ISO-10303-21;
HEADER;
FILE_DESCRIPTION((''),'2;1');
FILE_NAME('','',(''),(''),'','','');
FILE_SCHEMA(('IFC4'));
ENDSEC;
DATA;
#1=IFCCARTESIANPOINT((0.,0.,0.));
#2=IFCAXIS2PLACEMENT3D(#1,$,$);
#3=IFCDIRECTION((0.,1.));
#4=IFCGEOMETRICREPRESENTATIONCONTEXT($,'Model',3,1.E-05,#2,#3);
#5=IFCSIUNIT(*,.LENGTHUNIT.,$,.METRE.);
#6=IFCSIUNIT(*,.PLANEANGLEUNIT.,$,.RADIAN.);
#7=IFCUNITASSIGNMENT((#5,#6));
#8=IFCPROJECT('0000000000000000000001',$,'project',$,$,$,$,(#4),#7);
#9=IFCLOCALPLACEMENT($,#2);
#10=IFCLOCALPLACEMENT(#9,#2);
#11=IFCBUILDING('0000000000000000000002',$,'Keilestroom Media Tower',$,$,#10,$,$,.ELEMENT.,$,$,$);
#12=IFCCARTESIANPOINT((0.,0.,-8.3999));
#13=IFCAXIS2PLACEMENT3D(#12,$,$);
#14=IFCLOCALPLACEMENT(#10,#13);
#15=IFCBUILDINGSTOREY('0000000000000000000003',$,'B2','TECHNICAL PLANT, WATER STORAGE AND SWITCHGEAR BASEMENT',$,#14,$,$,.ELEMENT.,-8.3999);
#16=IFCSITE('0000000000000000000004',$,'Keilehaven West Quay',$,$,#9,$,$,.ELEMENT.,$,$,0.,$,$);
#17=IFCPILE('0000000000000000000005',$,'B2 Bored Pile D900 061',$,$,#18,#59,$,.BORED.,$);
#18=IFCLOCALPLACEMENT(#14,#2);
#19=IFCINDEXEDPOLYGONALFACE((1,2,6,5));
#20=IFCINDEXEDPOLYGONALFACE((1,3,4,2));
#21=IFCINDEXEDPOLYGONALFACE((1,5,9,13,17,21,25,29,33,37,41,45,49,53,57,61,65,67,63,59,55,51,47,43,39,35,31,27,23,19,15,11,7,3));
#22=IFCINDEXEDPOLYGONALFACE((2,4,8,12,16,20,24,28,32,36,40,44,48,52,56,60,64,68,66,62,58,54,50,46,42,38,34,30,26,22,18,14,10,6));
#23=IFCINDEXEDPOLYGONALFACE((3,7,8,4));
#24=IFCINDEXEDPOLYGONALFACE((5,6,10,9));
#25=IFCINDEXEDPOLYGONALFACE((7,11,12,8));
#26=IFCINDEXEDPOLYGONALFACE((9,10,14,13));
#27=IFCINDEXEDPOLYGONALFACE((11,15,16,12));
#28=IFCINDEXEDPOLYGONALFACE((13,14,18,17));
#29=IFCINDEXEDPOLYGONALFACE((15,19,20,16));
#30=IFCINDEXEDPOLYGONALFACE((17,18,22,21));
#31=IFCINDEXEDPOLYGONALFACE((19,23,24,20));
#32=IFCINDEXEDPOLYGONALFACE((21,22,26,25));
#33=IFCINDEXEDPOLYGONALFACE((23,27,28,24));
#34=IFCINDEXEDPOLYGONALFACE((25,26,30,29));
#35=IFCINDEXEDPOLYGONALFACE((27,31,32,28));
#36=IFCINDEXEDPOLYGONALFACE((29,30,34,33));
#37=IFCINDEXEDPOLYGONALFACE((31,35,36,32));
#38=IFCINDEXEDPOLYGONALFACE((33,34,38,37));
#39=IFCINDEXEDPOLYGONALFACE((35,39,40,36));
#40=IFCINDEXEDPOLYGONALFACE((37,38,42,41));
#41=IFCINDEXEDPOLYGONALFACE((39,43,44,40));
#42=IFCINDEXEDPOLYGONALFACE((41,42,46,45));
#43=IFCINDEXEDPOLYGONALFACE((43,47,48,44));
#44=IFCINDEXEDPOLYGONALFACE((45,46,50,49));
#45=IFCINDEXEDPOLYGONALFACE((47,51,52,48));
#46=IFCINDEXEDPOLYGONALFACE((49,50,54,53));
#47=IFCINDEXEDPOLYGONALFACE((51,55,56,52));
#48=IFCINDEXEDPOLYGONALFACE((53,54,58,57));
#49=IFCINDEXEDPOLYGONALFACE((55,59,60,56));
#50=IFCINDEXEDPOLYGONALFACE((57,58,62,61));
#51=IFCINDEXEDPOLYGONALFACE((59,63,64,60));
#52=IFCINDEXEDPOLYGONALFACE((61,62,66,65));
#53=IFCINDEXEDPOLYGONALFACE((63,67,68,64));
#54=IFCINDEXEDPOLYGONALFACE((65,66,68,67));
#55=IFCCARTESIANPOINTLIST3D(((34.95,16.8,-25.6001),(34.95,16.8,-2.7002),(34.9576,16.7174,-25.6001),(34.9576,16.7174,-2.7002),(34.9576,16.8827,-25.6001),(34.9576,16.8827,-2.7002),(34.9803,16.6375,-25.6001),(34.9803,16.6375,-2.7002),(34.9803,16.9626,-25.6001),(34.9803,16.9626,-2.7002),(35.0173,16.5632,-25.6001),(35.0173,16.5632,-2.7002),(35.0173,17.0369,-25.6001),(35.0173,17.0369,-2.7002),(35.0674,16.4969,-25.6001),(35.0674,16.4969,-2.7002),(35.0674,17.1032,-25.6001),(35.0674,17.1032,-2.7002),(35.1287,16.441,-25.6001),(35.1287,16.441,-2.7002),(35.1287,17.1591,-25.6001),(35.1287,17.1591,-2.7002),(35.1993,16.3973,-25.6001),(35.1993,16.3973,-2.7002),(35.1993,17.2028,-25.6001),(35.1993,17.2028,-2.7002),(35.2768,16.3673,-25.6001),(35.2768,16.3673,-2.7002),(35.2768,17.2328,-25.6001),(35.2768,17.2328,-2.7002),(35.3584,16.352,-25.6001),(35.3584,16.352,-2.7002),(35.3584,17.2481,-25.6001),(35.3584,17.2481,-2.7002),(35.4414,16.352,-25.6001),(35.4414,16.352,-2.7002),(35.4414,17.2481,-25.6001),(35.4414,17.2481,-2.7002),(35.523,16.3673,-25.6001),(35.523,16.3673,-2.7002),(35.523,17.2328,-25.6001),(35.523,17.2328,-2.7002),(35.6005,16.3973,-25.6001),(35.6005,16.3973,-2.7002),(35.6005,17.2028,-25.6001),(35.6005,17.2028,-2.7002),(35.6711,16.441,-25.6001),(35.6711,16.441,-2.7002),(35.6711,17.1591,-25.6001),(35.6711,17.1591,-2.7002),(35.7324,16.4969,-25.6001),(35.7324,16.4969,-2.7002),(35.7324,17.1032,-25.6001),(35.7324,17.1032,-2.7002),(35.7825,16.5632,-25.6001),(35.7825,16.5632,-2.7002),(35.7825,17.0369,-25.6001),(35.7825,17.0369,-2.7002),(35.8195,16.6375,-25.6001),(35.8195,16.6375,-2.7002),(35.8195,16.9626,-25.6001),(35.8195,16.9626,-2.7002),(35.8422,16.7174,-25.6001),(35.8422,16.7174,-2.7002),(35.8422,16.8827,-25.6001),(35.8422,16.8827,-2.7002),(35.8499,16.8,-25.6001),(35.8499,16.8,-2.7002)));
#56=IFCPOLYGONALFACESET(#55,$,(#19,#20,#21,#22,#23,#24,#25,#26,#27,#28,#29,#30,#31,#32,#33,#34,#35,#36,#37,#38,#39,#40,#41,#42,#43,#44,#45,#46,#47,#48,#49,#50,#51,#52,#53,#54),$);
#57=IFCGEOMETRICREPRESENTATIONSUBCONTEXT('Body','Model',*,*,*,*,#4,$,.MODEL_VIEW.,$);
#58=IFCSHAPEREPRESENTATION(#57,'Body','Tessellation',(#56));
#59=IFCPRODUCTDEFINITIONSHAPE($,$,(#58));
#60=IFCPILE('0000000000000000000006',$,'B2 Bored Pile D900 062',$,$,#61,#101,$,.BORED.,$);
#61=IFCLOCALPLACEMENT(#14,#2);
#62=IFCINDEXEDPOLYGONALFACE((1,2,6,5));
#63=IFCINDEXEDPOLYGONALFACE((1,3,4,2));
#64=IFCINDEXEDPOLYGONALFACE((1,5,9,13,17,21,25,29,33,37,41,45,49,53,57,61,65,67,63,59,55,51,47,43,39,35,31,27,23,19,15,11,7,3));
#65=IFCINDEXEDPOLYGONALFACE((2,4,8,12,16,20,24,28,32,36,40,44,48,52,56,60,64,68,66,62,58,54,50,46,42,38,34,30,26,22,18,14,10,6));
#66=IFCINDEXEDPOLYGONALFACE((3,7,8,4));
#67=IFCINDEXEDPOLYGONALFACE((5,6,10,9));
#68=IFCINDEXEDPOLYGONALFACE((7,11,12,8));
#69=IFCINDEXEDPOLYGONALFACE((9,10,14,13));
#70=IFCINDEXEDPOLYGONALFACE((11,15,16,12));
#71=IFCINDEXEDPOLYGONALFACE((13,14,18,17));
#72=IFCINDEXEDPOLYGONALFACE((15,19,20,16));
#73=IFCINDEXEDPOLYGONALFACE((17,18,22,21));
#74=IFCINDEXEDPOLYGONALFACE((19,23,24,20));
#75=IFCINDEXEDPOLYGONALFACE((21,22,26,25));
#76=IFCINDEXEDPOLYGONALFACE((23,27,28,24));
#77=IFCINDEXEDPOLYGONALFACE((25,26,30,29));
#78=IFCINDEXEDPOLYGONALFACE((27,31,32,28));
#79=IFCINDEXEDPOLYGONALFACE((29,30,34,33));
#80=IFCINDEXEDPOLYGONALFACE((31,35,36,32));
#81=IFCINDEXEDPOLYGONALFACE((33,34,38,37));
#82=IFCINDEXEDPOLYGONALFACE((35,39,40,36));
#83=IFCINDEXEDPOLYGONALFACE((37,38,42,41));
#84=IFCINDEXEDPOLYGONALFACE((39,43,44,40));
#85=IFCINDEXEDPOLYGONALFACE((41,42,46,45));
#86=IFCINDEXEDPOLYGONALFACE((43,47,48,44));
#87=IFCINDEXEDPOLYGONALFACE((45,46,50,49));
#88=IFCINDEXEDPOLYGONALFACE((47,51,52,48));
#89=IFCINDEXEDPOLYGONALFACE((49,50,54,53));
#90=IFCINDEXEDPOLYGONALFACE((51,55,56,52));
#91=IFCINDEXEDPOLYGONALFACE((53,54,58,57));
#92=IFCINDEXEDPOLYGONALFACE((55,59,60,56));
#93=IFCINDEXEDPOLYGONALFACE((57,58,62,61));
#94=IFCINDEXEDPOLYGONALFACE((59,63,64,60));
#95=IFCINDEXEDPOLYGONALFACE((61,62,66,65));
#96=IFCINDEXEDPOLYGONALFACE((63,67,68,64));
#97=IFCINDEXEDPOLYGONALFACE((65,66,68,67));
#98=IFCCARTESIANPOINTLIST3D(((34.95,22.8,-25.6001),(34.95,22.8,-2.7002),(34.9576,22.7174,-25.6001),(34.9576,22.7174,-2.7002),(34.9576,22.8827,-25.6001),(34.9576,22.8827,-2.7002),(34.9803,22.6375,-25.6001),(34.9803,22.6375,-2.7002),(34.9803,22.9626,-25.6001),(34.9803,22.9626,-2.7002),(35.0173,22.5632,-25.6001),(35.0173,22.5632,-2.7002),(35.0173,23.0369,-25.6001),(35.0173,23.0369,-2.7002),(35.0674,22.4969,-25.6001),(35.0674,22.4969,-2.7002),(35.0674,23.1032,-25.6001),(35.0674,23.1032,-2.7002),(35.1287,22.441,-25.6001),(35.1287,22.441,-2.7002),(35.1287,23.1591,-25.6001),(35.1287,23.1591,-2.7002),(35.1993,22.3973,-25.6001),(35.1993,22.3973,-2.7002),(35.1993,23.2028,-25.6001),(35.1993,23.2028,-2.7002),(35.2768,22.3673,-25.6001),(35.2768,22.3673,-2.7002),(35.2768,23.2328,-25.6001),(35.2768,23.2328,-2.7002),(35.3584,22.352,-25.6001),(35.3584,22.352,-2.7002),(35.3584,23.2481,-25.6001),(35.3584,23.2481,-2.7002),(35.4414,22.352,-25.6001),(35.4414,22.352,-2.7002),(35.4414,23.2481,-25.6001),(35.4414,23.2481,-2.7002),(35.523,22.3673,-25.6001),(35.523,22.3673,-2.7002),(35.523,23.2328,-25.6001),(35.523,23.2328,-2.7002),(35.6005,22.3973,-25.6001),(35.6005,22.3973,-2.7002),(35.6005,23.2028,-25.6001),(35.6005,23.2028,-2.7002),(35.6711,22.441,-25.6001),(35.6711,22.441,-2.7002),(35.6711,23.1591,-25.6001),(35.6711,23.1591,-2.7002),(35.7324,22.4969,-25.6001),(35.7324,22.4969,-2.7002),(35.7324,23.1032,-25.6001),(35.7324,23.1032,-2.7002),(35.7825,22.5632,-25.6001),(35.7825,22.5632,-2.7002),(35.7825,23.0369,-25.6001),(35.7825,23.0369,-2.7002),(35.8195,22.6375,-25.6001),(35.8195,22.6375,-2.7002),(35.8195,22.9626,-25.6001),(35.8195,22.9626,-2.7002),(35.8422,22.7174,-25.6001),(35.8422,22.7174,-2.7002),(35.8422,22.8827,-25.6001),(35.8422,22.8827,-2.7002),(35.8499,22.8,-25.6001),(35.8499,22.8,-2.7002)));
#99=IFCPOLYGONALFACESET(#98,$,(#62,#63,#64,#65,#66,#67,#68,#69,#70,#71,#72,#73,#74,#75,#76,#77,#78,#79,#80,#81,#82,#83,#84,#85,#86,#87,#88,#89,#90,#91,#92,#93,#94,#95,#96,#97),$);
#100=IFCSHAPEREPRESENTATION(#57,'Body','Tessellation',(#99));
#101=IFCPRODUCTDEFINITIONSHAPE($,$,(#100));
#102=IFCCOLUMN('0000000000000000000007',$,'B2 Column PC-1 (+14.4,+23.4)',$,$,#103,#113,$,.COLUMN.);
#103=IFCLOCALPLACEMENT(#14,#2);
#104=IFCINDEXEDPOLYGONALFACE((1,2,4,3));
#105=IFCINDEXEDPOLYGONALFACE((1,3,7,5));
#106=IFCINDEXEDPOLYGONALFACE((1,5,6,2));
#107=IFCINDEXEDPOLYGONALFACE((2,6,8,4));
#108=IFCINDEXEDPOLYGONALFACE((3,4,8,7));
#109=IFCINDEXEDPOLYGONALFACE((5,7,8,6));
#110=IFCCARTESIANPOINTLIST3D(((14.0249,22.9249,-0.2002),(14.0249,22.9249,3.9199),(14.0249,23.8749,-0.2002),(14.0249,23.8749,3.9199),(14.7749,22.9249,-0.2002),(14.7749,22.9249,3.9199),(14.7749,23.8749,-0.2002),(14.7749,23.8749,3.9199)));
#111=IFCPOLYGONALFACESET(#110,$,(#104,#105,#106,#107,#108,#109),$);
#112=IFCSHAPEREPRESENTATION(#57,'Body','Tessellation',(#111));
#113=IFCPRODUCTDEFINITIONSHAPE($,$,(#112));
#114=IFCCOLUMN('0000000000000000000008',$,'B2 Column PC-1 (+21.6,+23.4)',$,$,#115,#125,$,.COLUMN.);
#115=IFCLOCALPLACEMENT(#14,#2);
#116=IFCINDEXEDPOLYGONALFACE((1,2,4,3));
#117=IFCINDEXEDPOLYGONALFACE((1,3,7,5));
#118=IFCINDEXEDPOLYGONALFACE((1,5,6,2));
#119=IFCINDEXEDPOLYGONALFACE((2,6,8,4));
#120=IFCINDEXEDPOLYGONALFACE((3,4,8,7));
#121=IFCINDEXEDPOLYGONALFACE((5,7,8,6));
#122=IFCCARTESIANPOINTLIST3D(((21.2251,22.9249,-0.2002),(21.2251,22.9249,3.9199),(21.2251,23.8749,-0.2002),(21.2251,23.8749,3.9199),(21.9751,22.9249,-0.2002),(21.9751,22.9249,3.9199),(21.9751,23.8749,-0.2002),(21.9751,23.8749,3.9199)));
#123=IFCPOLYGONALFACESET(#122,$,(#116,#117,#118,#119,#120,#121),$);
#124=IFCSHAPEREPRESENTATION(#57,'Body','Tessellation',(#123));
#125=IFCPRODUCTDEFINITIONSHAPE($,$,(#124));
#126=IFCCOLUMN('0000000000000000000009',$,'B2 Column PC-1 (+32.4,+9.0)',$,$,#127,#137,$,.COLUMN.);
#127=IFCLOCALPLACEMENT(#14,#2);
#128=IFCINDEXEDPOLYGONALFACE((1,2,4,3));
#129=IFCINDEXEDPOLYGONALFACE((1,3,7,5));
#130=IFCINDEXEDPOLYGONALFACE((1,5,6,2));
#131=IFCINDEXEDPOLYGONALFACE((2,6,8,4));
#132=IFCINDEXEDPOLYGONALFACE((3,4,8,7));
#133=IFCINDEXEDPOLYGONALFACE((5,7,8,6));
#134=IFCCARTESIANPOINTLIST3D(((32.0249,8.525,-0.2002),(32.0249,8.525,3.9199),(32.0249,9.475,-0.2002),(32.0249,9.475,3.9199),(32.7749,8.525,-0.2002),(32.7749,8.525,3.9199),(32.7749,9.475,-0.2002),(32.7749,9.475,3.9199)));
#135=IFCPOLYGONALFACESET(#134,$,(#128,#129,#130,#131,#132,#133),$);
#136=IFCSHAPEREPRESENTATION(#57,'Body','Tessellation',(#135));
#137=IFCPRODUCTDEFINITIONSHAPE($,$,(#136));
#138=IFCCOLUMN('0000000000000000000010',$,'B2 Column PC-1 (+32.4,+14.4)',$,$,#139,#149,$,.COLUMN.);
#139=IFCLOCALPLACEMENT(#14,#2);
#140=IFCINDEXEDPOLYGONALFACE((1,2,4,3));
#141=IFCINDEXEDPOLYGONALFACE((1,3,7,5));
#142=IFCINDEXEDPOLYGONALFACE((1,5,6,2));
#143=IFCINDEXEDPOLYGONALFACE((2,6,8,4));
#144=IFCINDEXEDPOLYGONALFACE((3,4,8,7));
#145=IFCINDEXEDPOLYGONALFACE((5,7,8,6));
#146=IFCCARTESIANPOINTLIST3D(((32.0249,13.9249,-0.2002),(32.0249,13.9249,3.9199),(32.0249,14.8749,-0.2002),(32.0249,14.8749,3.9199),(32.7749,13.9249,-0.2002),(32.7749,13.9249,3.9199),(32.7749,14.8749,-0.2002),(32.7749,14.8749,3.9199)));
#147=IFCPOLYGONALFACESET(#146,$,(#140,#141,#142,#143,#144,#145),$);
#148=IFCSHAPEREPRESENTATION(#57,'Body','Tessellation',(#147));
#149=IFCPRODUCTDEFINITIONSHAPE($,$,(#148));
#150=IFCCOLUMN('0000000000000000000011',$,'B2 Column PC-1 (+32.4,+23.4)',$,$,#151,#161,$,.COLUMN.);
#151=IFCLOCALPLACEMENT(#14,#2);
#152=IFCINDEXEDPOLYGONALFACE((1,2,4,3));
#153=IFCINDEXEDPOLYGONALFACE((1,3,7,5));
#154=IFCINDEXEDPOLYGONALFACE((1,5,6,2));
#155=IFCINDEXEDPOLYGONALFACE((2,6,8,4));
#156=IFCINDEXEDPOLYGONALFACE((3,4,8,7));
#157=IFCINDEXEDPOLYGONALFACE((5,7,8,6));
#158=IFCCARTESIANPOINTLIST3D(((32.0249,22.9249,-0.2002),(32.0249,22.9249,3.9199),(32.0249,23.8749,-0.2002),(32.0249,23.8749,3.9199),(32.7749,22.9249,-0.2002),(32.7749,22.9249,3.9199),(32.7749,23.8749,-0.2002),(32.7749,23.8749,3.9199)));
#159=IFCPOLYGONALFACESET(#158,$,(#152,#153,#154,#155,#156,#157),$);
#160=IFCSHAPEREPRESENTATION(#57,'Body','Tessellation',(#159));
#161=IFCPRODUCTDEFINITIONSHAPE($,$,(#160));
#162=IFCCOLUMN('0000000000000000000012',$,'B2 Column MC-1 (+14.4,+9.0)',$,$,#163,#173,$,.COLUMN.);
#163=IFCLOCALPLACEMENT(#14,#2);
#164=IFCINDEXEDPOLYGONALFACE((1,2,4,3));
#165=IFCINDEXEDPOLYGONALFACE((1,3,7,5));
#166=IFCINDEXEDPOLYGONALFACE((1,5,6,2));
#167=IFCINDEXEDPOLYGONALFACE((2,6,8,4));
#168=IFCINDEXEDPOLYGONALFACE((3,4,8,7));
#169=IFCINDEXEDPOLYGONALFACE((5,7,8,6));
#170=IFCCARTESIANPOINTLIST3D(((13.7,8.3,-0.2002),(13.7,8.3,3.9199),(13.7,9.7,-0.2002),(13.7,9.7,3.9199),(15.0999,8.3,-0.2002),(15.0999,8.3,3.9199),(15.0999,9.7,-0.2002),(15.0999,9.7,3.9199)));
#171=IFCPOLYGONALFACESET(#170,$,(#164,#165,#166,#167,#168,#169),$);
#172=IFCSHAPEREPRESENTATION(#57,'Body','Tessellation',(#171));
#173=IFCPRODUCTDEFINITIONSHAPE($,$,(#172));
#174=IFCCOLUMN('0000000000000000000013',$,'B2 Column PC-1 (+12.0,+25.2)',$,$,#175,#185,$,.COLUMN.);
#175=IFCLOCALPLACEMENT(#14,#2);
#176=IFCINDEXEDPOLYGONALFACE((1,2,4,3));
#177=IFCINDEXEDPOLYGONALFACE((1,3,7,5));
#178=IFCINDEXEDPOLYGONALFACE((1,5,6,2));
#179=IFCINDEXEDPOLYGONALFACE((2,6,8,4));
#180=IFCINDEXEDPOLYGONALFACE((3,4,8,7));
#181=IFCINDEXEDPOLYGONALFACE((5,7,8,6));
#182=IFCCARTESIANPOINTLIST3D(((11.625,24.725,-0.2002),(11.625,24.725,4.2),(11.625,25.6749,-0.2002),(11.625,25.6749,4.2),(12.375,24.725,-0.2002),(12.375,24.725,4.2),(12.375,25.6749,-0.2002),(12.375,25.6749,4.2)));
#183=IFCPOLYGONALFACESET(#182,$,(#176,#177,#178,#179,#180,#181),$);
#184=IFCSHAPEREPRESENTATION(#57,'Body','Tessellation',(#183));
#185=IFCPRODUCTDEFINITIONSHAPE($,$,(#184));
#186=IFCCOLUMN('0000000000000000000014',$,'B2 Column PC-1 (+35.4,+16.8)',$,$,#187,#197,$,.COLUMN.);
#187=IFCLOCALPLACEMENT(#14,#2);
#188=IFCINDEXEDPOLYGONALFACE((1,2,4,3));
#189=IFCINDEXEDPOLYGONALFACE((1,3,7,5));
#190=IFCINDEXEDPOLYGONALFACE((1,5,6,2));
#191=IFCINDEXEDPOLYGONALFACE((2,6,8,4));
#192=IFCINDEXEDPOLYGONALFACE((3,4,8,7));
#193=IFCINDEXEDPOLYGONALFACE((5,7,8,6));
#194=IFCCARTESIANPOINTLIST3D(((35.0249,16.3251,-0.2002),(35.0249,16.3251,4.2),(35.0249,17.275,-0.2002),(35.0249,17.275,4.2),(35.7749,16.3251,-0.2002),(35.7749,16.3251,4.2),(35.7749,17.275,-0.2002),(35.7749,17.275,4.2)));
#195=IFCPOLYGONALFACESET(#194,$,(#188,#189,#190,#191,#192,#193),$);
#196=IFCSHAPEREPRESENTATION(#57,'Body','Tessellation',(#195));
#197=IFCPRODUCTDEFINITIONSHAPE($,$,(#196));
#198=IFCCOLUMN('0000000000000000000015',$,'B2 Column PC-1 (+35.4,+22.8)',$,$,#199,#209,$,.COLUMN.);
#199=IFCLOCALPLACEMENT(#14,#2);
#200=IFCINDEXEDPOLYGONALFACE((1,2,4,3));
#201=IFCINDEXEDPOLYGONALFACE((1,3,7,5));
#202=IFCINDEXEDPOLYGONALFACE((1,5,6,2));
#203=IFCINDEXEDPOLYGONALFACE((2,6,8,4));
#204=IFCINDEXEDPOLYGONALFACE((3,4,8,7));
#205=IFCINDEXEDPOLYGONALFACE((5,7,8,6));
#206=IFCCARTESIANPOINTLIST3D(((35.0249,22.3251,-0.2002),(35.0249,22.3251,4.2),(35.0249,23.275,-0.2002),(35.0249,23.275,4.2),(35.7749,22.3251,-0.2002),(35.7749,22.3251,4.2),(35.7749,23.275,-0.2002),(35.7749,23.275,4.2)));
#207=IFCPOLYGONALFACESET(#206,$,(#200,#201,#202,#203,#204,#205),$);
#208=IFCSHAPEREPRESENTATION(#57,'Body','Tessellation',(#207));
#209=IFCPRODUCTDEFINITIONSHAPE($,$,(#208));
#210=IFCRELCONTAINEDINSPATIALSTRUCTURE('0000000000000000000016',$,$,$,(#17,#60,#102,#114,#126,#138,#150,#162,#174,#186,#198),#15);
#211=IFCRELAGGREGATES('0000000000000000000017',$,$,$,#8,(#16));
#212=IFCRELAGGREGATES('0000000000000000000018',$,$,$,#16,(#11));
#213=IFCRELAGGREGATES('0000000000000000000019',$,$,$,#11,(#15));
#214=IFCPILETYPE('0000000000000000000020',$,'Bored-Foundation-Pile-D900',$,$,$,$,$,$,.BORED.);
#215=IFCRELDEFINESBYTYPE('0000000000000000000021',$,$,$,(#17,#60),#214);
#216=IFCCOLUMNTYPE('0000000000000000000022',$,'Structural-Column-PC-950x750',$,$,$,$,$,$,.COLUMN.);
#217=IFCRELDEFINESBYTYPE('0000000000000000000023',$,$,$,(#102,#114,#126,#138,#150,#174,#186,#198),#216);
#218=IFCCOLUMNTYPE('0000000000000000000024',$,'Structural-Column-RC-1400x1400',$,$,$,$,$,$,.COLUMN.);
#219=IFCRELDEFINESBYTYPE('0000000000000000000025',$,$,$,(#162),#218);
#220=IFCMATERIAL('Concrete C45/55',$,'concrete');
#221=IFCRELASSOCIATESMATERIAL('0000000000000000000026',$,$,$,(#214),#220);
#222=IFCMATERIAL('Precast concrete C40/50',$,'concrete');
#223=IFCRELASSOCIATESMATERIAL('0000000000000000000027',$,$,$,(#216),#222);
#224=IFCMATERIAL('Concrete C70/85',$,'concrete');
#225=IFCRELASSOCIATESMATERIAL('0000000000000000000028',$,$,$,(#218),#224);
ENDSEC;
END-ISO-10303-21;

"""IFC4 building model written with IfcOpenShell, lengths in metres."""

from ifc_helpers import new_model, si_unit, direction, frame, origin, origin_2d, place, context, subcontext, project, spatial, rectangle, circle, extrude, source, transform, mapped, material, material_profile, profile_set, type_object, element, save


model = new_model("IFC4")

# Units and contexts
model_context = context("Model", 3, precision=1e-05, world=origin(), true_north=direction((0.0, 1.0)))
body_context = subcontext(model_context, "Body", "Model", "MODEL_VIEW")
ifc_project = project(units=[si_unit("LENGTHUNIT", "METRE"), si_unit("PLANEANGLEUNIT", "RADIAN")], contexts=[model_context])

# Site, building, storey
site_placement = place(None, origin())
site = spatial("IfcSite", under=ifc_project, at=site_placement, Name="Keilehaven West Quay", CompositionType="ELEMENT", RefElevation=0.0)
building_placement = place(site_placement, origin())
building = spatial("IfcBuilding", under=site, at=building_placement, Name="Keilestroom Media Tower", CompositionType="ELEMENT")
storey_placement = place(building_placement, frame((0.0, 0.0, -8.3999)))
storey = spatial("IfcBuildingStorey", under=building, at=storey_placement, Name="B2", Description="TECHNICAL PLANT, WATER STORAGE AND SWITCHGEAR BASEMENT", CompositionType="ELEMENT", Elevation=-8.3999)

# Piles
ifc_material_1 = material(Name="Concrete C45/55", Category="concrete")
ifc_material_profile_1 = material_profile(ifc_material_1, circle(Radius=0.45, at=origin_2d()), Name="BORED PILE D900")
ifc_profile_set_1 = profile_set([ifc_material_profile_1], Name="Concrete C45/55")
pile_type_1 = type_object("IfcPileType", Name="Bored-Foundation-Pile-D900", PredefinedType="BORED", material=ifc_profile_set_1)
shared_shape_1 = source(origin(), body_context, "Body", "SweptSolid", [
    extrude(circle(Radius=0.45, at=origin_2d()), origin(), (0.0, 0.0, 1.0), 22.8999),
])
for number, where, z_axis, x_axis, name in (
    (1, (35.3999, 16.8, -2.7002), (0.0, 0.0, -1.0), (1.0, 0.0, 0.0), "B2 Bored Pile D900 061"),
    (2, (35.3999, 22.8, -2.7002), (0.0, 0.0, -1.0), (1.0, 0.0, 0.0), "B2 Bored Pile D900 062"),
):
    element("IfcPile", number, at=place(storey_placement, frame(where, z_axis=z_axis, x_axis=x_axis)), inside=storey, type_object=pile_type_1, Name=name, PredefinedType="BORED", context=body_context, shape_type="MappedRepresentation", body=[
        mapped(shared_shape_1, transform((0.0, 0.0, 0.0), x_axis=(1.0, 0.0, 0.0), y_axis=(0.0, 1.0, 0.0), z_axis=(0.0, 0.0, 1.0), scale=1.0)),
    ])

# Columns
ifc_material_2 = material(Name="Precast concrete C40/50", Category="concrete")
ifc_material_profile_2 = material_profile(ifc_material_2, rectangle(XDim=0.75, YDim=0.95, at=origin_2d()), Name="PC 950x750")
ifc_profile_set_2 = profile_set([ifc_material_profile_2], Name="Precast concrete C40/50")
column_type_1 = type_object("IfcColumnType", Name="Structural-Column-PC-950x750", PredefinedType="COLUMN", material=ifc_profile_set_2)
shared_shape_2 = source(origin(), body_context, "Body", "SweptSolid", [
    extrude(rectangle(XDim=0.75, YDim=0.95, at=origin_2d()), origin(), (0.0, 0.0, 1.0), 4.1201),
])
for number, where, z_axis, x_axis, name in (
    (3, (14.3999, 23.3999, -0.2002), (0.0, 0.0, 1.0), (1.0, 0.0, 0.0), "B2 Column PC-1 (+14.4,+23.4)"),
    (4, (21.6001, 23.3999, -0.2002), (0.0, 0.0, 1.0), (1.0, 0.0, 0.0), "B2 Column PC-1 (+21.6,+23.4)"),
    (5, (32.3999, 9.0, -0.2002), (0.0, 0.0, 1.0), (1.0, 0.0, 0.0), "B2 Column PC-1 (+32.4,+9.0)"),
    (6, (32.3999, 14.3999, -0.2002), (0.0, 0.0, 1.0), (1.0, 0.0, 0.0), "B2 Column PC-1 (+32.4,+14.4)"),
    (7, (32.3999, 23.3999, -0.2002), (0.0, 0.0, 1.0), (1.0, 0.0, 0.0), "B2 Column PC-1 (+32.4,+23.4)"),
):
    element("IfcColumn", number, at=place(storey_placement, frame(where, z_axis=z_axis, x_axis=x_axis)), inside=storey, type_object=column_type_1, Name=name, PredefinedType="COLUMN", context=body_context, shape_type="MappedRepresentation", body=[
        mapped(shared_shape_2, transform((0.0, 0.0, 0.0), x_axis=(1.0, 0.0, 0.0), y_axis=(0.0, 1.0, 0.0), z_axis=(0.0, 0.0, 1.0), scale=1.0)),
    ])
ifc_material_3 = material(Name="Concrete C70/85", Category="concrete")
ifc_material_profile_3 = material_profile(ifc_material_3, rectangle(XDim=1.3999, YDim=1.3999, at=origin_2d()), Name="RC 1400x1400")
ifc_profile_set_3 = profile_set([ifc_material_profile_3], Name="Concrete C70/85")
column_type_2 = type_object("IfcColumnType", Name="Structural-Column-RC-1400x1400", PredefinedType="COLUMN", material=ifc_profile_set_3)
shared_shape_3 = source(origin(), body_context, "Body", "SweptSolid", [
    extrude(rectangle(XDim=1.3999, YDim=1.3999, at=origin_2d()), origin(), (0.0, 0.0, 1.0), 4.1201),
])
column_1_placement = place(storey_placement, frame((14.3999, 9.0, -0.2002), z_axis=(0.0, 0.0, 1.0), x_axis=(1.0, 0.0, 0.0)))
element("IfcColumn", 8, at=column_1_placement, inside=storey, type_object=column_type_2, Name="B2 Column MC-1 (+14.4,+9.0)", PredefinedType="COLUMN", context=body_context, shape_type="MappedRepresentation", body=[
    mapped(shared_shape_3, transform((0.0, 0.0, 0.0), x_axis=(1.0, 0.0, 0.0), y_axis=(0.0, 1.0, 0.0), z_axis=(0.0, 0.0, 1.0), scale=1.0)),
])
shared_shape_4 = source(origin(), body_context, "Body", "SweptSolid", [
    extrude(rectangle(XDim=0.75, YDim=0.95, at=origin_2d()), origin(), (0.0, 0.0, 1.0), 4.4001),
])
for number, where, z_axis, x_axis, name in (
    (9, (12.0, 25.2, -0.2002), (0.0, 0.0, 1.0), (1.0, 0.0, 0.0), "B2 Column PC-1 (+12.0,+25.2)"),
    (10, (35.3999, 16.8, -0.2002), (0.0, 0.0, 1.0), (1.0, 0.0, 0.0), "B2 Column PC-1 (+35.4,+16.8)"),
    (11, (35.3999, 22.8, -0.2002), (0.0, 0.0, 1.0), (1.0, 0.0, 0.0), "B2 Column PC-1 (+35.4,+22.8)"),
):
    element("IfcColumn", number, at=place(storey_placement, frame(where, z_axis=z_axis, x_axis=x_axis)), inside=storey, type_object=column_type_1, Name=name, PredefinedType="COLUMN", context=body_context, shape_type="MappedRepresentation", body=[
        mapped(shared_shape_4, transform((0.0, 0.0, 0.0), x_axis=(1.0, 0.0, 0.0), y_axis=(0.0, 1.0, 0.0), z_axis=(0.0, 0.0, 1.0), scale=1.0)),
    ])

save(model, "model.ifc")
